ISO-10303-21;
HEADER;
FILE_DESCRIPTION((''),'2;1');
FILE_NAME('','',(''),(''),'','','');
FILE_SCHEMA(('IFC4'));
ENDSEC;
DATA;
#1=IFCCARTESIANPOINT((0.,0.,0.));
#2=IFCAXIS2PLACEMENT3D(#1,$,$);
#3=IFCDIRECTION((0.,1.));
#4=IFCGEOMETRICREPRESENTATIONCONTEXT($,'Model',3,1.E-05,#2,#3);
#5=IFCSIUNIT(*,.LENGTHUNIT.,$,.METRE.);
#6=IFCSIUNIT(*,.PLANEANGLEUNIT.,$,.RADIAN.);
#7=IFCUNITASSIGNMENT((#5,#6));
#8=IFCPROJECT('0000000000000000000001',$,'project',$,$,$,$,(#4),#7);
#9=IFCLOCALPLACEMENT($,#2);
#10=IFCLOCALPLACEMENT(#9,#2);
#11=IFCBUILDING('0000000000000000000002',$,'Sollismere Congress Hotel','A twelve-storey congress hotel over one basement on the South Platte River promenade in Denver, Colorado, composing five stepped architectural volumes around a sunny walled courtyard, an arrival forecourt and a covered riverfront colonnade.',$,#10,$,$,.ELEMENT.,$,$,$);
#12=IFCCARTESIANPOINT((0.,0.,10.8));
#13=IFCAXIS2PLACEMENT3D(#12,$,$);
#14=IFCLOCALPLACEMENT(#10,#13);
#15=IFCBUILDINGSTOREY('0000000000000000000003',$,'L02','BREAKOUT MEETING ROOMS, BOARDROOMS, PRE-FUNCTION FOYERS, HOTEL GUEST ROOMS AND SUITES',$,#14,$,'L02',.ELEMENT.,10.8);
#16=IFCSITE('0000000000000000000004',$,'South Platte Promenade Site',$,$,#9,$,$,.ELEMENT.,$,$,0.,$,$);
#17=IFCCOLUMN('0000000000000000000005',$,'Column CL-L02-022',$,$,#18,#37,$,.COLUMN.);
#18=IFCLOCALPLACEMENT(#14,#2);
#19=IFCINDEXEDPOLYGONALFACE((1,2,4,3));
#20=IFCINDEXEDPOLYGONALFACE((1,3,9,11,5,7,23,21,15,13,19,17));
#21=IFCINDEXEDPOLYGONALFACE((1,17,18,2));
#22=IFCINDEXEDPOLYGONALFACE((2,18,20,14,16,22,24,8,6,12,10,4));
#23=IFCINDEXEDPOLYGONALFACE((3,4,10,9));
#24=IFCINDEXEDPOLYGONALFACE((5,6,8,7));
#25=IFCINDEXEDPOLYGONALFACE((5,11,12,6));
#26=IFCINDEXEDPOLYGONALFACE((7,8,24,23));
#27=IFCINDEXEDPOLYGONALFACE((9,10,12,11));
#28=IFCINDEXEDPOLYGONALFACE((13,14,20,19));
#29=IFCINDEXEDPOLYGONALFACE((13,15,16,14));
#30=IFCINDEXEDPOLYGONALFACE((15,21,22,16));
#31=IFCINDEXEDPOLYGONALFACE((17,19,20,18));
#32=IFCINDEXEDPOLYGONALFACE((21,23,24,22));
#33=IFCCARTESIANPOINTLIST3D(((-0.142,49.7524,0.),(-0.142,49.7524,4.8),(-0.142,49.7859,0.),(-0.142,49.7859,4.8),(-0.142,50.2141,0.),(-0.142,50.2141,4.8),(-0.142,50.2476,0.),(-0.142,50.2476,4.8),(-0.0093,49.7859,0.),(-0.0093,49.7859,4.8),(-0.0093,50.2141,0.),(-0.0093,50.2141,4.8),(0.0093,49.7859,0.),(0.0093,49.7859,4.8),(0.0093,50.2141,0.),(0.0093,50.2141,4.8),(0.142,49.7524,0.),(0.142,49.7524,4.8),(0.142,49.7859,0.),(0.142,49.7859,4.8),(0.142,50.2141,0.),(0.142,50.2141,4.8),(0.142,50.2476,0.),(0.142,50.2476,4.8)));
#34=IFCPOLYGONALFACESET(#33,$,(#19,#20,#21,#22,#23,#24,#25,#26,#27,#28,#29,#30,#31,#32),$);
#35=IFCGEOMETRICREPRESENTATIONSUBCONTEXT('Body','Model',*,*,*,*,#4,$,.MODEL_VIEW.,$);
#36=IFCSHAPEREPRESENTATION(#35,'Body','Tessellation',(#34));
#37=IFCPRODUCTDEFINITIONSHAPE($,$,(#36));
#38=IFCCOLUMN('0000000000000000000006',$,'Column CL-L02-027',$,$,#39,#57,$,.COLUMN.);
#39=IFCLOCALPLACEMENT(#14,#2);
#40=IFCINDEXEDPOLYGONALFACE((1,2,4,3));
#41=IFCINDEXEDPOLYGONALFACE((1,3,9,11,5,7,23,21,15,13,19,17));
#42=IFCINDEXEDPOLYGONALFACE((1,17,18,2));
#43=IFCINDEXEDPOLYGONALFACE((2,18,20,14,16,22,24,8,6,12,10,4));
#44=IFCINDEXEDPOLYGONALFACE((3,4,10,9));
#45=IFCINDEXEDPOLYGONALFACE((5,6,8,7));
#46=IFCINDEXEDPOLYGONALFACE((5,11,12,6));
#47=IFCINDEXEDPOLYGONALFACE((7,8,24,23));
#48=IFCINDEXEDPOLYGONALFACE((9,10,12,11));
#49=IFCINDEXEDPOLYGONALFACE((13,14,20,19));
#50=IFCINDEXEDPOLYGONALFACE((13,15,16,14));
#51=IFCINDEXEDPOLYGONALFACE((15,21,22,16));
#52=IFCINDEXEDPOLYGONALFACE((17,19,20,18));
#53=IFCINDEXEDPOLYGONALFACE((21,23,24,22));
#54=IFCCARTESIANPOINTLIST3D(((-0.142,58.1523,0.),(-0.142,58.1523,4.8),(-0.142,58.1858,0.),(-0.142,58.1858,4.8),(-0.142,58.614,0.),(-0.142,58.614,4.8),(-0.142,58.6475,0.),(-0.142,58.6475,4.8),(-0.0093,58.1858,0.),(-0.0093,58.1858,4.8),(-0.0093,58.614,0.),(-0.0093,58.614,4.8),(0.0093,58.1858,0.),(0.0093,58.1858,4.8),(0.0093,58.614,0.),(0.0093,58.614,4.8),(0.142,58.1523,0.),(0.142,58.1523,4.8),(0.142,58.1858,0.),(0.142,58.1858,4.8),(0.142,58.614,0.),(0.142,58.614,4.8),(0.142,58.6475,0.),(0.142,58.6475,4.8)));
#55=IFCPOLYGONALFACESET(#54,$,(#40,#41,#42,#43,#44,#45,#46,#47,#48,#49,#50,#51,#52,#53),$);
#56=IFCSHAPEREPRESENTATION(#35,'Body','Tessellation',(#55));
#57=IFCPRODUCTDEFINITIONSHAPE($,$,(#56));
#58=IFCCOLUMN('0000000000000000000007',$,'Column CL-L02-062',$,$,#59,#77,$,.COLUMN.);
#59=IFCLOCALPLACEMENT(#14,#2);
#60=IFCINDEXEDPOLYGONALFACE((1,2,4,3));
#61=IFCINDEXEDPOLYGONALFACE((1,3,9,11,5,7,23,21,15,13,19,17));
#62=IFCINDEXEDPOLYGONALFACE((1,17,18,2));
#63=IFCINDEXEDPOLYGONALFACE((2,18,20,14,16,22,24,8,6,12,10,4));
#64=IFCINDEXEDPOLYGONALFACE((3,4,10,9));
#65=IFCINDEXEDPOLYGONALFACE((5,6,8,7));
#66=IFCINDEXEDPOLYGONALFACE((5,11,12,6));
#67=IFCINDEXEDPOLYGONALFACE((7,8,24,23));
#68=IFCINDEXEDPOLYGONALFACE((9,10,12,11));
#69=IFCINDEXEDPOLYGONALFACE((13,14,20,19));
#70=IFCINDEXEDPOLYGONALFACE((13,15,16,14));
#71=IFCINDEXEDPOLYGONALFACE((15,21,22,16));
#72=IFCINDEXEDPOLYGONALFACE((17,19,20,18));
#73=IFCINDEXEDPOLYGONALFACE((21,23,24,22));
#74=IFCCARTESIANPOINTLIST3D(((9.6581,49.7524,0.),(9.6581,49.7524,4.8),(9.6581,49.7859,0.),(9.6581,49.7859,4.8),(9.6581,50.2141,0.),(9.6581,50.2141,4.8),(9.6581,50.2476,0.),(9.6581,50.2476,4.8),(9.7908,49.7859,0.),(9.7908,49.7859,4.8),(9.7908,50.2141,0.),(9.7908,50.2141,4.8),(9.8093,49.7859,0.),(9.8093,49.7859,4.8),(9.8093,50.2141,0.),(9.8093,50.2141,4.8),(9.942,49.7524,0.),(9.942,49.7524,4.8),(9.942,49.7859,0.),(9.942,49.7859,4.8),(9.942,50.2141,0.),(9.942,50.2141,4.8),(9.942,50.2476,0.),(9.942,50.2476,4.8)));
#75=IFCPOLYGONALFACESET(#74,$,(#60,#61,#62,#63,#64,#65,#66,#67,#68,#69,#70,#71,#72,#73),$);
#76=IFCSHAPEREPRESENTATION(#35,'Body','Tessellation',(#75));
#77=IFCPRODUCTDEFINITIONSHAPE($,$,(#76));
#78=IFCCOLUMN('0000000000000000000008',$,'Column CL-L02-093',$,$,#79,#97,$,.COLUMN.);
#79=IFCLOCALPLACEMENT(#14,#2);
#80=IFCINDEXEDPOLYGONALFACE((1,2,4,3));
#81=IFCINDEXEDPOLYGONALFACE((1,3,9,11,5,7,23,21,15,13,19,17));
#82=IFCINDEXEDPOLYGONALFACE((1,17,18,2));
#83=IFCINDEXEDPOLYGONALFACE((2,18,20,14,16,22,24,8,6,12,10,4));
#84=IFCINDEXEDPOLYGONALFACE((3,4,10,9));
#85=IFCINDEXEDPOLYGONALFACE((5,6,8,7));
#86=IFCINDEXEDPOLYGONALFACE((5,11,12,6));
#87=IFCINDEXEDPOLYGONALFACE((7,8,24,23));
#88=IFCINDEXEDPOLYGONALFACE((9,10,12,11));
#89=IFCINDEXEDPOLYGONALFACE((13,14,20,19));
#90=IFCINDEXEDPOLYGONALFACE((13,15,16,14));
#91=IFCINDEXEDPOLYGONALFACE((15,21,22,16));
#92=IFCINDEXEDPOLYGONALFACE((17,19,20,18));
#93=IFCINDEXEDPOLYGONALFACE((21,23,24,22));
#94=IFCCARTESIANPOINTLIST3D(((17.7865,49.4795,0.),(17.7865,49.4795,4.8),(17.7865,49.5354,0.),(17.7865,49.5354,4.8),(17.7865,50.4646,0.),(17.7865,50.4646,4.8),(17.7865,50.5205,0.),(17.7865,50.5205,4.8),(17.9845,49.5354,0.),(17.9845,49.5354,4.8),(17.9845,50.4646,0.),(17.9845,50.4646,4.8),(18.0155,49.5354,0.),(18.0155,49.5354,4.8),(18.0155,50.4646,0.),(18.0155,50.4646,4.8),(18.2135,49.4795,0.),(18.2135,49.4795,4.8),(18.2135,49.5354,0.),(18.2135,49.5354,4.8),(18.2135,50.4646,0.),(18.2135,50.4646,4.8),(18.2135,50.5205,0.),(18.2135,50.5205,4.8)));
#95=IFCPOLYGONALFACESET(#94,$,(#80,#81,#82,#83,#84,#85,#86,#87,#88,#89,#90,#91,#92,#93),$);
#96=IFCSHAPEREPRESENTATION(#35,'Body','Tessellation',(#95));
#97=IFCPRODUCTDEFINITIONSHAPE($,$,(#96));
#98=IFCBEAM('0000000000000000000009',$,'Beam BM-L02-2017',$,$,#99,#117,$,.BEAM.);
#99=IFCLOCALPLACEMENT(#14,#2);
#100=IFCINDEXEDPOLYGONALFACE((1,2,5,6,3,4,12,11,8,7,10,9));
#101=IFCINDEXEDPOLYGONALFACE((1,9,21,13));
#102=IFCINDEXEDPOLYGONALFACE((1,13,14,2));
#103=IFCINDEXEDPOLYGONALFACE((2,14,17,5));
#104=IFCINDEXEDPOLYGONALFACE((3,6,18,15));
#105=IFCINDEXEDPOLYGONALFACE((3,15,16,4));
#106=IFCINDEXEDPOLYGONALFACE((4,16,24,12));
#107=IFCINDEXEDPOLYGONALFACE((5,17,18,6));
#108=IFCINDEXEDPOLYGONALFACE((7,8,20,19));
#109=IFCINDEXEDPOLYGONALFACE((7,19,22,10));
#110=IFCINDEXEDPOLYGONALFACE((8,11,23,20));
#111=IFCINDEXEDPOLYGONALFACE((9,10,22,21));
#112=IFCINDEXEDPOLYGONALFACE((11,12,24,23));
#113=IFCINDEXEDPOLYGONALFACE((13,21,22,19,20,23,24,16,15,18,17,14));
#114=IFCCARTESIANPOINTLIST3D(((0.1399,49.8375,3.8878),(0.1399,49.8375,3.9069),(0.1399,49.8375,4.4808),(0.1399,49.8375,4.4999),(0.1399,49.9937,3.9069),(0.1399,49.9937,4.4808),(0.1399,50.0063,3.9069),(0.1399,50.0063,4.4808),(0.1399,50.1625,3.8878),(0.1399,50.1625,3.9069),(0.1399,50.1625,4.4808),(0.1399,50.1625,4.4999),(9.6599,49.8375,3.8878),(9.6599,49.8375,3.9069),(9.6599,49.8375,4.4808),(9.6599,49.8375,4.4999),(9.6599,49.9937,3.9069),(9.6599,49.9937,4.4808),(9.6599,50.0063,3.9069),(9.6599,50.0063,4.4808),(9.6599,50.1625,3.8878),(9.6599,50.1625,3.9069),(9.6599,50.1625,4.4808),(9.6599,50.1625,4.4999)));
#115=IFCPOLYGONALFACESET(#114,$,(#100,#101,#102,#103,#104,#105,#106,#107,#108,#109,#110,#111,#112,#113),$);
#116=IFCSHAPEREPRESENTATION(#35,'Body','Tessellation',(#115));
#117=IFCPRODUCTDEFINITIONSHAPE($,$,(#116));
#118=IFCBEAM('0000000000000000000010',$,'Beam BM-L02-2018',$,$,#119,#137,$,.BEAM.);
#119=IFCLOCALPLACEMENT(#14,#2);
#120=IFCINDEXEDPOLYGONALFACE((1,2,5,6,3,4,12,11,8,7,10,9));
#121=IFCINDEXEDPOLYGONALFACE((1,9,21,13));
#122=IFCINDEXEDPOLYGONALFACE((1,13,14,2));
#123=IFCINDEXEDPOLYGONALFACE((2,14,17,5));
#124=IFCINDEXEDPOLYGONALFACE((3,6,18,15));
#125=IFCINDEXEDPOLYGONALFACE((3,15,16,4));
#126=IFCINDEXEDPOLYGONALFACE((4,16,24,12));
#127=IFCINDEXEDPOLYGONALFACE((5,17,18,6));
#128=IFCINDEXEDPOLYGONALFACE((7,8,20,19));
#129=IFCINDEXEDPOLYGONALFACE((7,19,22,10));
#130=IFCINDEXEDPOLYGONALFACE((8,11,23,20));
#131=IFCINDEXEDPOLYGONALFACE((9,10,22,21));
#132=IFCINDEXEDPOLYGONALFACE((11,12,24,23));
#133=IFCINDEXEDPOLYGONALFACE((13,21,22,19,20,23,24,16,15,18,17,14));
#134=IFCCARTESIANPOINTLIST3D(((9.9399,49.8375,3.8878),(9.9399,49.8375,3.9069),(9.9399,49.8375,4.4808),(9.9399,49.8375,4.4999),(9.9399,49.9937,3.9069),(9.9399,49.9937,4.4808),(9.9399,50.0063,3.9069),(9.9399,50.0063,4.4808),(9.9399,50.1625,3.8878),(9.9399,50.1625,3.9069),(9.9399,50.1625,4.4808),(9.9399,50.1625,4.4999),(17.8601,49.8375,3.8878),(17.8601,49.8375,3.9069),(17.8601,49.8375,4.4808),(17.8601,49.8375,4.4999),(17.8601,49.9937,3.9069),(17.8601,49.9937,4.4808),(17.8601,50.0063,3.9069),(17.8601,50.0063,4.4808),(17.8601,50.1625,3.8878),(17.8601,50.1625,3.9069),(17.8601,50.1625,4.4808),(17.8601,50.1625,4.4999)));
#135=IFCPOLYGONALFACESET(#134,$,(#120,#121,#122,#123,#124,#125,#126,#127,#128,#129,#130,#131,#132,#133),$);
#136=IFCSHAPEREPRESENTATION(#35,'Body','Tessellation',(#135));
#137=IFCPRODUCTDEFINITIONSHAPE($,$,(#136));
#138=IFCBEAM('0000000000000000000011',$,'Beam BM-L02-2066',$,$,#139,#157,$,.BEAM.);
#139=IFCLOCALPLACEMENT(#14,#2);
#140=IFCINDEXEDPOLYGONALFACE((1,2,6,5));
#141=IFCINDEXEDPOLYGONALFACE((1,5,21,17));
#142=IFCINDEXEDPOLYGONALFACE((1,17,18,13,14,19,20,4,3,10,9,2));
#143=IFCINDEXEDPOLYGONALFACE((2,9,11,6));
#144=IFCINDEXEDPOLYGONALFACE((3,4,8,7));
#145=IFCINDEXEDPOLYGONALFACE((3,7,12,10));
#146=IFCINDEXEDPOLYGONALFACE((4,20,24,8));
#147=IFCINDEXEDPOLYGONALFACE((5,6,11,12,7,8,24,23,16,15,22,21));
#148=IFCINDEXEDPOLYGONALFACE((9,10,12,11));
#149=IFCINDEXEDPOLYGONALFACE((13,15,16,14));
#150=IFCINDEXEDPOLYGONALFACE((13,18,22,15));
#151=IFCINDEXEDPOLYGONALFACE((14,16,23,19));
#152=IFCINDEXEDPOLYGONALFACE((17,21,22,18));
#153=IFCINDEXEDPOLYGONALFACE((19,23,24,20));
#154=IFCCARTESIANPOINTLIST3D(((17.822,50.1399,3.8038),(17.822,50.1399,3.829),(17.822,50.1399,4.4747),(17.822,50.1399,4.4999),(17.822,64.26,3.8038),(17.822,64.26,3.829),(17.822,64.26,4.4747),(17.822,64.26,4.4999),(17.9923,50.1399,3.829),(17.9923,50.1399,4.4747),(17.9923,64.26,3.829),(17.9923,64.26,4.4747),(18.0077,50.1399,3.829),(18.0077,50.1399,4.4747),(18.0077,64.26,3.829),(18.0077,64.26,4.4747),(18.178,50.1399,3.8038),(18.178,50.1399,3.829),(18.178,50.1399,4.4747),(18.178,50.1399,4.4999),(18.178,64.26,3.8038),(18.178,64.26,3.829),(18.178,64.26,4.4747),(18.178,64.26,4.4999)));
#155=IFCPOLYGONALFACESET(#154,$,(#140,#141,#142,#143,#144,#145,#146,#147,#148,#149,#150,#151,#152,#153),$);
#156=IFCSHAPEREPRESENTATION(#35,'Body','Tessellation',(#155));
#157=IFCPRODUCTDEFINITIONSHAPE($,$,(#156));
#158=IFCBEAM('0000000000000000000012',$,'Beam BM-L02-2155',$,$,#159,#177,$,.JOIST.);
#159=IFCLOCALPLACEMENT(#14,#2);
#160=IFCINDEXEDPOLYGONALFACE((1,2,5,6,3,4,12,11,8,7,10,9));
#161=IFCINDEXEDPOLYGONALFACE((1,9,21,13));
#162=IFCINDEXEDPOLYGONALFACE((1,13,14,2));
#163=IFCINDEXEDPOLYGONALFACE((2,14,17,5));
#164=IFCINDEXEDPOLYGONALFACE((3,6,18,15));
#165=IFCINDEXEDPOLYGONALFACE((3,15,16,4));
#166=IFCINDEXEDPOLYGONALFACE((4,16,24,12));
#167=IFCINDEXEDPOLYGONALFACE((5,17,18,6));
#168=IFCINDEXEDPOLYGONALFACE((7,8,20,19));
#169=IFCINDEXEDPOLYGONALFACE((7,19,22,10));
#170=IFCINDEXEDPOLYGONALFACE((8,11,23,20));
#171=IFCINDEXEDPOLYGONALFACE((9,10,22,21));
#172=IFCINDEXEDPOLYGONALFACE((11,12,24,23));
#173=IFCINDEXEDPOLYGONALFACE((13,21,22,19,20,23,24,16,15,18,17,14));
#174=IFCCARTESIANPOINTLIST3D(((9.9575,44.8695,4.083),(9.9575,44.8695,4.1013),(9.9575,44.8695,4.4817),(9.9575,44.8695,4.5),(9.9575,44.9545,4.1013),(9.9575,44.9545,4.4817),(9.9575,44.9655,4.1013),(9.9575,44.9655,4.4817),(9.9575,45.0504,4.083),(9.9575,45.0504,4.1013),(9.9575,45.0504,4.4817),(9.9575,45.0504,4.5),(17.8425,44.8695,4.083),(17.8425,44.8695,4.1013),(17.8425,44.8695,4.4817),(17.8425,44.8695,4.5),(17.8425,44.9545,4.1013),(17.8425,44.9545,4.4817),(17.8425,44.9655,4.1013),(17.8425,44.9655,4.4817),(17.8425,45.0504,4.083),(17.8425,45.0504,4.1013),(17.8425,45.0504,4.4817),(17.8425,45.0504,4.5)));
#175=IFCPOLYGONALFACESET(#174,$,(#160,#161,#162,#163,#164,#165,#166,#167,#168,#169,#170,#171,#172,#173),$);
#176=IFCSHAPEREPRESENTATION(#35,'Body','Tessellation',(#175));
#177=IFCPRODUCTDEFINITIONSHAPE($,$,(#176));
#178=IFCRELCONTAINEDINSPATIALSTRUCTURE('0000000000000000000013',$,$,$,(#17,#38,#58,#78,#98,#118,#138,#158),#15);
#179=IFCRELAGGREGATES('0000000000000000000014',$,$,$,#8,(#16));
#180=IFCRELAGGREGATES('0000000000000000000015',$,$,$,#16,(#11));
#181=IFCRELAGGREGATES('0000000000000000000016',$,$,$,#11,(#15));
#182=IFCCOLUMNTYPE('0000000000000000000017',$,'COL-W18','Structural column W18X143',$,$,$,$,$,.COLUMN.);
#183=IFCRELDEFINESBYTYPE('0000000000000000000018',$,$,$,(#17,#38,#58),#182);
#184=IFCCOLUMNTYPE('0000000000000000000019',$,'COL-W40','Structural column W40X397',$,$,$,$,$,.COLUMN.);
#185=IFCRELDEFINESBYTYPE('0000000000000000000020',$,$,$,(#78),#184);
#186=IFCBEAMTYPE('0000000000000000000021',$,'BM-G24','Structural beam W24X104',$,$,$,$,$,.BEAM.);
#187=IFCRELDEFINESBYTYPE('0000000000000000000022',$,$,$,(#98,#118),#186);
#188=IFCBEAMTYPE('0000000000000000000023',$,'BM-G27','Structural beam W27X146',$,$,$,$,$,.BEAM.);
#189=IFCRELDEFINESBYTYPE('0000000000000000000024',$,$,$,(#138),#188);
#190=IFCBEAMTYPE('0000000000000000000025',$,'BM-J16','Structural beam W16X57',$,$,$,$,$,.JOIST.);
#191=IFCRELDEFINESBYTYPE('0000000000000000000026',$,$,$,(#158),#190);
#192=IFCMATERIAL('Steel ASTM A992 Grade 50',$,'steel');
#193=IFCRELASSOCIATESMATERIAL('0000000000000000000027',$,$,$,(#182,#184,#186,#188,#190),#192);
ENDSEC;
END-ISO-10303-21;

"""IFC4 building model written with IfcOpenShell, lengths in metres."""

from ifc_helpers import new_model, si_unit, direction, frame, origin, origin_2d, place, context, subcontext, project, spatial, i_section, extrude, material, material_profile, profile_set, type_object, element, save


model = new_model("IFC4")

# Units and contexts
model_context = context("Model", 3, precision=1e-05, world=origin(), true_north=direction((0.0, 1.0)))
body_context = subcontext(model_context, "Body", "Model", "MODEL_VIEW")
ifc_project = project(units=[si_unit("LENGTHUNIT", "METRE"), si_unit("PLANEANGLEUNIT", "RADIAN")], contexts=[model_context])

# Site, building, storey
site_placement = place(None, origin())
site = spatial("IfcSite", under=ifc_project, at=site_placement, Name="South Platte Promenade Site", CompositionType="ELEMENT", RefElevation=0.0)
building_placement = place(site_placement, origin())
building = spatial("IfcBuilding", under=site, at=building_placement, Name="Sollismere Congress Hotel", Description="A twelve-storey congress hotel over one basement on the South Platte River promenade in Denver, Colorado, composing five stepped architectural volumes around a sunny walled courtyard, an arrival forecourt and a covered riverfront colonnade.", CompositionType="ELEMENT")
storey_placement = place(building_placement, frame((0.0, 0.0, 10.8)))
storey = spatial("IfcBuildingStorey", under=building, at=storey_placement, Name="L02", Description="BREAKOUT MEETING ROOMS, BOARDROOMS, PRE-FUNCTION FOYERS, HOTEL GUEST ROOMS AND SUITES", LongName="L02", CompositionType="ELEMENT", Elevation=10.8)

# Columns
ifc_material_1 = material(Name="Steel ASTM A992 Grade 50", Category="steel")
ifc_material_profile_1 = material_profile(ifc_material_1, i_section(OverallWidth=0.2839, OverallDepth=0.4951, WebThickness=0.0186, FlangeThickness=0.0334, at=origin_2d()), Name="W18X143")
ifc_profile_set_1 = profile_set([ifc_material_profile_1], Name="Steel ASTM A992 Grade 50")
column_type_1 = type_object("IfcColumnType", Name="COL-W18", Description="Structural column W18X143", PredefinedType="COLUMN", material=ifc_profile_set_1)
for number, where, z_axis, x_axis, name in (
    (1, (0.0, 50.0, 0.0), (0.0, 0.0, 1.0), (1.0, 0.0, 0.0), "Column CL-L02-022"),
    (2, (0.0, 58.3999, 0.0), (0.0, 0.0, 1.0), (1.0, 0.0, 0.0), "Column CL-L02-027"),
    (3, (9.8, 50.0, 0.0), (0.0, 0.0, 1.0), (1.0, 0.0, 0.0), "Column CL-L02-062"),
):
    element("IfcColumn", number, at=place(storey_placement, frame(where, z_axis=z_axis, x_axis=x_axis)), inside=storey, type_object=column_type_1, Name=name, PredefinedType="COLUMN", context=body_context, shape_type="SweptSolid", body=[
        extrude(i_section(OverallWidth=0.2839, OverallDepth=0.4951, WebThickness=0.0186, FlangeThickness=0.0334, at=origin_2d()), origin(), (0.0, 0.0, 1.0), 4.8),
    ])
ifc_material_profile_2 = material_profile(ifc_material_1, i_section(OverallWidth=0.427, OverallDepth=1.041, WebThickness=0.031, FlangeThickness=0.0559, at=origin_2d()), Name="W40X397")
ifc_profile_set_2 = profile_set([ifc_material_profile_2], Name="Steel ASTM A992 Grade 50")
column_type_2 = type_object("IfcColumnType", Name="COL-W40", Description="Structural column W40X397", PredefinedType="COLUMN", material=ifc_profile_set_2)
column_placement = place(storey_placement, frame((18.0, 50.0, 0.0), z_axis=(0.0, 0.0, 1.0), x_axis=(1.0, 0.0, 0.0)))
element("IfcColumn", 4, at=column_placement, inside=storey, type_object=column_type_2, Name="Column CL-L02-093", PredefinedType="COLUMN", context=body_context, shape_type="SweptSolid", body=[
    extrude(i_section(OverallWidth=0.427, OverallDepth=1.041, WebThickness=0.031, FlangeThickness=0.0559, at=origin_2d()), origin(), (0.0, 0.0, 1.0), 4.8),
])

# Beams
ifc_material_profile_3 = material_profile(ifc_material_1, i_section(OverallWidth=0.325, OverallDepth=0.6121, WebThickness=0.0127, FlangeThickness=0.019, at=origin_2d()), Name="W24X104")
ifc_profile_set_3 = profile_set([ifc_material_profile_3], Name="Steel ASTM A992 Grade 50")
beam_type_1 = type_object("IfcBeamType", Name="BM-G24", Description="Structural beam W24X104", PredefinedType="BEAM", material=ifc_profile_set_3)
beam_1_placement = place(storey_placement, frame((0.1399, 50.0, 4.1938), z_axis=(1.0, 0.0, 0.0), x_axis=(0.0, 1.0, 0.0)))
element("IfcBeam", 5, at=beam_1_placement, inside=storey, type_object=beam_type_1, Name="Beam BM-L02-2017", PredefinedType="BEAM", context=body_context, shape_type="SweptSolid", body=[
    extrude(i_section(OverallWidth=0.325, OverallDepth=0.6121, WebThickness=0.0127, FlangeThickness=0.019, at=origin_2d()), origin(), (0.0, 0.0, 1.0), 9.52),
])
beam_2_placement = place(storey_placement, frame((9.9399, 50.0, 4.1938), z_axis=(1.0, 0.0, 0.0), x_axis=(0.0, 1.0, 0.0)))
element("IfcBeam", 6, at=beam_2_placement, inside=storey, type_object=beam_type_1, Name="Beam BM-L02-2018", PredefinedType="BEAM", context=body_context, shape_type="SweptSolid", body=[
    extrude(i_section(OverallWidth=0.325, OverallDepth=0.6121, WebThickness=0.0127, FlangeThickness=0.019, at=origin_2d()), origin(), (0.0, 0.0, 1.0), 7.9202),
])
ifc_material_profile_4 = material_profile(ifc_material_1, i_section(OverallWidth=0.356, OverallDepth=0.696, WebThickness=0.0154, FlangeThickness=0.0251, at=origin_2d()), Name="W27X146")
ifc_profile_set_4 = profile_set([ifc_material_profile_4], Name="Steel ASTM A992 Grade 50")
beam_type_2 = type_object("IfcBeamType", Name="BM-G27", Description="Structural beam W27X146", PredefinedType="BEAM", material=ifc_profile_set_4)
beam_3_placement = place(storey_placement, frame((18.0, 50.1399, 4.1519), z_axis=(0.0, 1.0, 0.0), x_axis=(-1.0, 0.0, 0.0)))
element("IfcBeam", 7, at=beam_3_placement, inside=storey, type_object=beam_type_2, Name="Beam BM-L02-2066", PredefinedType="BEAM", context=body_context, shape_type="SweptSolid", body=[
    extrude(i_section(OverallWidth=0.356, OverallDepth=0.696, WebThickness=0.0154, FlangeThickness=0.0251, at=origin_2d()), origin(), (0.0, 0.0, 1.0), 14.1201),
])
ifc_material_profile_5 = material_profile(ifc_material_1, i_section(OverallWidth=0.1809, OverallDepth=0.417, WebThickness=0.011, FlangeThickness=0.0183, at=origin_2d()), Name="W16X57")
ifc_profile_set_5 = profile_set([ifc_material_profile_5], Name="Steel ASTM A992 Grade 50")
beam_type_3 = type_object("IfcBeamType", Name="BM-J16", Description="Structural beam W16X57", PredefinedType="JOIST", material=ifc_profile_set_5)
for number, where, z_axis, x_axis, name in (
    (8, (9.9575, 44.96, 4.2915), (1.0, 0.0, 0.0), (0.0, 1.0, 0.0), "Beam BM-L02-2155"),
):
    element("IfcBeam", number, at=place(storey_placement, frame(where, z_axis=z_axis, x_axis=x_axis)), inside=storey, type_object=beam_type_3, Name=name, PredefinedType="JOIST", context=body_context, shape_type="SweptSolid", body=[
        extrude(i_section(OverallWidth=0.1809, OverallDepth=0.417, WebThickness=0.011, FlangeThickness=0.0183, at=origin_2d()), origin(), (0.0, 0.0, 1.0), 7.885),
    ])

save(model, "model.ifc")
